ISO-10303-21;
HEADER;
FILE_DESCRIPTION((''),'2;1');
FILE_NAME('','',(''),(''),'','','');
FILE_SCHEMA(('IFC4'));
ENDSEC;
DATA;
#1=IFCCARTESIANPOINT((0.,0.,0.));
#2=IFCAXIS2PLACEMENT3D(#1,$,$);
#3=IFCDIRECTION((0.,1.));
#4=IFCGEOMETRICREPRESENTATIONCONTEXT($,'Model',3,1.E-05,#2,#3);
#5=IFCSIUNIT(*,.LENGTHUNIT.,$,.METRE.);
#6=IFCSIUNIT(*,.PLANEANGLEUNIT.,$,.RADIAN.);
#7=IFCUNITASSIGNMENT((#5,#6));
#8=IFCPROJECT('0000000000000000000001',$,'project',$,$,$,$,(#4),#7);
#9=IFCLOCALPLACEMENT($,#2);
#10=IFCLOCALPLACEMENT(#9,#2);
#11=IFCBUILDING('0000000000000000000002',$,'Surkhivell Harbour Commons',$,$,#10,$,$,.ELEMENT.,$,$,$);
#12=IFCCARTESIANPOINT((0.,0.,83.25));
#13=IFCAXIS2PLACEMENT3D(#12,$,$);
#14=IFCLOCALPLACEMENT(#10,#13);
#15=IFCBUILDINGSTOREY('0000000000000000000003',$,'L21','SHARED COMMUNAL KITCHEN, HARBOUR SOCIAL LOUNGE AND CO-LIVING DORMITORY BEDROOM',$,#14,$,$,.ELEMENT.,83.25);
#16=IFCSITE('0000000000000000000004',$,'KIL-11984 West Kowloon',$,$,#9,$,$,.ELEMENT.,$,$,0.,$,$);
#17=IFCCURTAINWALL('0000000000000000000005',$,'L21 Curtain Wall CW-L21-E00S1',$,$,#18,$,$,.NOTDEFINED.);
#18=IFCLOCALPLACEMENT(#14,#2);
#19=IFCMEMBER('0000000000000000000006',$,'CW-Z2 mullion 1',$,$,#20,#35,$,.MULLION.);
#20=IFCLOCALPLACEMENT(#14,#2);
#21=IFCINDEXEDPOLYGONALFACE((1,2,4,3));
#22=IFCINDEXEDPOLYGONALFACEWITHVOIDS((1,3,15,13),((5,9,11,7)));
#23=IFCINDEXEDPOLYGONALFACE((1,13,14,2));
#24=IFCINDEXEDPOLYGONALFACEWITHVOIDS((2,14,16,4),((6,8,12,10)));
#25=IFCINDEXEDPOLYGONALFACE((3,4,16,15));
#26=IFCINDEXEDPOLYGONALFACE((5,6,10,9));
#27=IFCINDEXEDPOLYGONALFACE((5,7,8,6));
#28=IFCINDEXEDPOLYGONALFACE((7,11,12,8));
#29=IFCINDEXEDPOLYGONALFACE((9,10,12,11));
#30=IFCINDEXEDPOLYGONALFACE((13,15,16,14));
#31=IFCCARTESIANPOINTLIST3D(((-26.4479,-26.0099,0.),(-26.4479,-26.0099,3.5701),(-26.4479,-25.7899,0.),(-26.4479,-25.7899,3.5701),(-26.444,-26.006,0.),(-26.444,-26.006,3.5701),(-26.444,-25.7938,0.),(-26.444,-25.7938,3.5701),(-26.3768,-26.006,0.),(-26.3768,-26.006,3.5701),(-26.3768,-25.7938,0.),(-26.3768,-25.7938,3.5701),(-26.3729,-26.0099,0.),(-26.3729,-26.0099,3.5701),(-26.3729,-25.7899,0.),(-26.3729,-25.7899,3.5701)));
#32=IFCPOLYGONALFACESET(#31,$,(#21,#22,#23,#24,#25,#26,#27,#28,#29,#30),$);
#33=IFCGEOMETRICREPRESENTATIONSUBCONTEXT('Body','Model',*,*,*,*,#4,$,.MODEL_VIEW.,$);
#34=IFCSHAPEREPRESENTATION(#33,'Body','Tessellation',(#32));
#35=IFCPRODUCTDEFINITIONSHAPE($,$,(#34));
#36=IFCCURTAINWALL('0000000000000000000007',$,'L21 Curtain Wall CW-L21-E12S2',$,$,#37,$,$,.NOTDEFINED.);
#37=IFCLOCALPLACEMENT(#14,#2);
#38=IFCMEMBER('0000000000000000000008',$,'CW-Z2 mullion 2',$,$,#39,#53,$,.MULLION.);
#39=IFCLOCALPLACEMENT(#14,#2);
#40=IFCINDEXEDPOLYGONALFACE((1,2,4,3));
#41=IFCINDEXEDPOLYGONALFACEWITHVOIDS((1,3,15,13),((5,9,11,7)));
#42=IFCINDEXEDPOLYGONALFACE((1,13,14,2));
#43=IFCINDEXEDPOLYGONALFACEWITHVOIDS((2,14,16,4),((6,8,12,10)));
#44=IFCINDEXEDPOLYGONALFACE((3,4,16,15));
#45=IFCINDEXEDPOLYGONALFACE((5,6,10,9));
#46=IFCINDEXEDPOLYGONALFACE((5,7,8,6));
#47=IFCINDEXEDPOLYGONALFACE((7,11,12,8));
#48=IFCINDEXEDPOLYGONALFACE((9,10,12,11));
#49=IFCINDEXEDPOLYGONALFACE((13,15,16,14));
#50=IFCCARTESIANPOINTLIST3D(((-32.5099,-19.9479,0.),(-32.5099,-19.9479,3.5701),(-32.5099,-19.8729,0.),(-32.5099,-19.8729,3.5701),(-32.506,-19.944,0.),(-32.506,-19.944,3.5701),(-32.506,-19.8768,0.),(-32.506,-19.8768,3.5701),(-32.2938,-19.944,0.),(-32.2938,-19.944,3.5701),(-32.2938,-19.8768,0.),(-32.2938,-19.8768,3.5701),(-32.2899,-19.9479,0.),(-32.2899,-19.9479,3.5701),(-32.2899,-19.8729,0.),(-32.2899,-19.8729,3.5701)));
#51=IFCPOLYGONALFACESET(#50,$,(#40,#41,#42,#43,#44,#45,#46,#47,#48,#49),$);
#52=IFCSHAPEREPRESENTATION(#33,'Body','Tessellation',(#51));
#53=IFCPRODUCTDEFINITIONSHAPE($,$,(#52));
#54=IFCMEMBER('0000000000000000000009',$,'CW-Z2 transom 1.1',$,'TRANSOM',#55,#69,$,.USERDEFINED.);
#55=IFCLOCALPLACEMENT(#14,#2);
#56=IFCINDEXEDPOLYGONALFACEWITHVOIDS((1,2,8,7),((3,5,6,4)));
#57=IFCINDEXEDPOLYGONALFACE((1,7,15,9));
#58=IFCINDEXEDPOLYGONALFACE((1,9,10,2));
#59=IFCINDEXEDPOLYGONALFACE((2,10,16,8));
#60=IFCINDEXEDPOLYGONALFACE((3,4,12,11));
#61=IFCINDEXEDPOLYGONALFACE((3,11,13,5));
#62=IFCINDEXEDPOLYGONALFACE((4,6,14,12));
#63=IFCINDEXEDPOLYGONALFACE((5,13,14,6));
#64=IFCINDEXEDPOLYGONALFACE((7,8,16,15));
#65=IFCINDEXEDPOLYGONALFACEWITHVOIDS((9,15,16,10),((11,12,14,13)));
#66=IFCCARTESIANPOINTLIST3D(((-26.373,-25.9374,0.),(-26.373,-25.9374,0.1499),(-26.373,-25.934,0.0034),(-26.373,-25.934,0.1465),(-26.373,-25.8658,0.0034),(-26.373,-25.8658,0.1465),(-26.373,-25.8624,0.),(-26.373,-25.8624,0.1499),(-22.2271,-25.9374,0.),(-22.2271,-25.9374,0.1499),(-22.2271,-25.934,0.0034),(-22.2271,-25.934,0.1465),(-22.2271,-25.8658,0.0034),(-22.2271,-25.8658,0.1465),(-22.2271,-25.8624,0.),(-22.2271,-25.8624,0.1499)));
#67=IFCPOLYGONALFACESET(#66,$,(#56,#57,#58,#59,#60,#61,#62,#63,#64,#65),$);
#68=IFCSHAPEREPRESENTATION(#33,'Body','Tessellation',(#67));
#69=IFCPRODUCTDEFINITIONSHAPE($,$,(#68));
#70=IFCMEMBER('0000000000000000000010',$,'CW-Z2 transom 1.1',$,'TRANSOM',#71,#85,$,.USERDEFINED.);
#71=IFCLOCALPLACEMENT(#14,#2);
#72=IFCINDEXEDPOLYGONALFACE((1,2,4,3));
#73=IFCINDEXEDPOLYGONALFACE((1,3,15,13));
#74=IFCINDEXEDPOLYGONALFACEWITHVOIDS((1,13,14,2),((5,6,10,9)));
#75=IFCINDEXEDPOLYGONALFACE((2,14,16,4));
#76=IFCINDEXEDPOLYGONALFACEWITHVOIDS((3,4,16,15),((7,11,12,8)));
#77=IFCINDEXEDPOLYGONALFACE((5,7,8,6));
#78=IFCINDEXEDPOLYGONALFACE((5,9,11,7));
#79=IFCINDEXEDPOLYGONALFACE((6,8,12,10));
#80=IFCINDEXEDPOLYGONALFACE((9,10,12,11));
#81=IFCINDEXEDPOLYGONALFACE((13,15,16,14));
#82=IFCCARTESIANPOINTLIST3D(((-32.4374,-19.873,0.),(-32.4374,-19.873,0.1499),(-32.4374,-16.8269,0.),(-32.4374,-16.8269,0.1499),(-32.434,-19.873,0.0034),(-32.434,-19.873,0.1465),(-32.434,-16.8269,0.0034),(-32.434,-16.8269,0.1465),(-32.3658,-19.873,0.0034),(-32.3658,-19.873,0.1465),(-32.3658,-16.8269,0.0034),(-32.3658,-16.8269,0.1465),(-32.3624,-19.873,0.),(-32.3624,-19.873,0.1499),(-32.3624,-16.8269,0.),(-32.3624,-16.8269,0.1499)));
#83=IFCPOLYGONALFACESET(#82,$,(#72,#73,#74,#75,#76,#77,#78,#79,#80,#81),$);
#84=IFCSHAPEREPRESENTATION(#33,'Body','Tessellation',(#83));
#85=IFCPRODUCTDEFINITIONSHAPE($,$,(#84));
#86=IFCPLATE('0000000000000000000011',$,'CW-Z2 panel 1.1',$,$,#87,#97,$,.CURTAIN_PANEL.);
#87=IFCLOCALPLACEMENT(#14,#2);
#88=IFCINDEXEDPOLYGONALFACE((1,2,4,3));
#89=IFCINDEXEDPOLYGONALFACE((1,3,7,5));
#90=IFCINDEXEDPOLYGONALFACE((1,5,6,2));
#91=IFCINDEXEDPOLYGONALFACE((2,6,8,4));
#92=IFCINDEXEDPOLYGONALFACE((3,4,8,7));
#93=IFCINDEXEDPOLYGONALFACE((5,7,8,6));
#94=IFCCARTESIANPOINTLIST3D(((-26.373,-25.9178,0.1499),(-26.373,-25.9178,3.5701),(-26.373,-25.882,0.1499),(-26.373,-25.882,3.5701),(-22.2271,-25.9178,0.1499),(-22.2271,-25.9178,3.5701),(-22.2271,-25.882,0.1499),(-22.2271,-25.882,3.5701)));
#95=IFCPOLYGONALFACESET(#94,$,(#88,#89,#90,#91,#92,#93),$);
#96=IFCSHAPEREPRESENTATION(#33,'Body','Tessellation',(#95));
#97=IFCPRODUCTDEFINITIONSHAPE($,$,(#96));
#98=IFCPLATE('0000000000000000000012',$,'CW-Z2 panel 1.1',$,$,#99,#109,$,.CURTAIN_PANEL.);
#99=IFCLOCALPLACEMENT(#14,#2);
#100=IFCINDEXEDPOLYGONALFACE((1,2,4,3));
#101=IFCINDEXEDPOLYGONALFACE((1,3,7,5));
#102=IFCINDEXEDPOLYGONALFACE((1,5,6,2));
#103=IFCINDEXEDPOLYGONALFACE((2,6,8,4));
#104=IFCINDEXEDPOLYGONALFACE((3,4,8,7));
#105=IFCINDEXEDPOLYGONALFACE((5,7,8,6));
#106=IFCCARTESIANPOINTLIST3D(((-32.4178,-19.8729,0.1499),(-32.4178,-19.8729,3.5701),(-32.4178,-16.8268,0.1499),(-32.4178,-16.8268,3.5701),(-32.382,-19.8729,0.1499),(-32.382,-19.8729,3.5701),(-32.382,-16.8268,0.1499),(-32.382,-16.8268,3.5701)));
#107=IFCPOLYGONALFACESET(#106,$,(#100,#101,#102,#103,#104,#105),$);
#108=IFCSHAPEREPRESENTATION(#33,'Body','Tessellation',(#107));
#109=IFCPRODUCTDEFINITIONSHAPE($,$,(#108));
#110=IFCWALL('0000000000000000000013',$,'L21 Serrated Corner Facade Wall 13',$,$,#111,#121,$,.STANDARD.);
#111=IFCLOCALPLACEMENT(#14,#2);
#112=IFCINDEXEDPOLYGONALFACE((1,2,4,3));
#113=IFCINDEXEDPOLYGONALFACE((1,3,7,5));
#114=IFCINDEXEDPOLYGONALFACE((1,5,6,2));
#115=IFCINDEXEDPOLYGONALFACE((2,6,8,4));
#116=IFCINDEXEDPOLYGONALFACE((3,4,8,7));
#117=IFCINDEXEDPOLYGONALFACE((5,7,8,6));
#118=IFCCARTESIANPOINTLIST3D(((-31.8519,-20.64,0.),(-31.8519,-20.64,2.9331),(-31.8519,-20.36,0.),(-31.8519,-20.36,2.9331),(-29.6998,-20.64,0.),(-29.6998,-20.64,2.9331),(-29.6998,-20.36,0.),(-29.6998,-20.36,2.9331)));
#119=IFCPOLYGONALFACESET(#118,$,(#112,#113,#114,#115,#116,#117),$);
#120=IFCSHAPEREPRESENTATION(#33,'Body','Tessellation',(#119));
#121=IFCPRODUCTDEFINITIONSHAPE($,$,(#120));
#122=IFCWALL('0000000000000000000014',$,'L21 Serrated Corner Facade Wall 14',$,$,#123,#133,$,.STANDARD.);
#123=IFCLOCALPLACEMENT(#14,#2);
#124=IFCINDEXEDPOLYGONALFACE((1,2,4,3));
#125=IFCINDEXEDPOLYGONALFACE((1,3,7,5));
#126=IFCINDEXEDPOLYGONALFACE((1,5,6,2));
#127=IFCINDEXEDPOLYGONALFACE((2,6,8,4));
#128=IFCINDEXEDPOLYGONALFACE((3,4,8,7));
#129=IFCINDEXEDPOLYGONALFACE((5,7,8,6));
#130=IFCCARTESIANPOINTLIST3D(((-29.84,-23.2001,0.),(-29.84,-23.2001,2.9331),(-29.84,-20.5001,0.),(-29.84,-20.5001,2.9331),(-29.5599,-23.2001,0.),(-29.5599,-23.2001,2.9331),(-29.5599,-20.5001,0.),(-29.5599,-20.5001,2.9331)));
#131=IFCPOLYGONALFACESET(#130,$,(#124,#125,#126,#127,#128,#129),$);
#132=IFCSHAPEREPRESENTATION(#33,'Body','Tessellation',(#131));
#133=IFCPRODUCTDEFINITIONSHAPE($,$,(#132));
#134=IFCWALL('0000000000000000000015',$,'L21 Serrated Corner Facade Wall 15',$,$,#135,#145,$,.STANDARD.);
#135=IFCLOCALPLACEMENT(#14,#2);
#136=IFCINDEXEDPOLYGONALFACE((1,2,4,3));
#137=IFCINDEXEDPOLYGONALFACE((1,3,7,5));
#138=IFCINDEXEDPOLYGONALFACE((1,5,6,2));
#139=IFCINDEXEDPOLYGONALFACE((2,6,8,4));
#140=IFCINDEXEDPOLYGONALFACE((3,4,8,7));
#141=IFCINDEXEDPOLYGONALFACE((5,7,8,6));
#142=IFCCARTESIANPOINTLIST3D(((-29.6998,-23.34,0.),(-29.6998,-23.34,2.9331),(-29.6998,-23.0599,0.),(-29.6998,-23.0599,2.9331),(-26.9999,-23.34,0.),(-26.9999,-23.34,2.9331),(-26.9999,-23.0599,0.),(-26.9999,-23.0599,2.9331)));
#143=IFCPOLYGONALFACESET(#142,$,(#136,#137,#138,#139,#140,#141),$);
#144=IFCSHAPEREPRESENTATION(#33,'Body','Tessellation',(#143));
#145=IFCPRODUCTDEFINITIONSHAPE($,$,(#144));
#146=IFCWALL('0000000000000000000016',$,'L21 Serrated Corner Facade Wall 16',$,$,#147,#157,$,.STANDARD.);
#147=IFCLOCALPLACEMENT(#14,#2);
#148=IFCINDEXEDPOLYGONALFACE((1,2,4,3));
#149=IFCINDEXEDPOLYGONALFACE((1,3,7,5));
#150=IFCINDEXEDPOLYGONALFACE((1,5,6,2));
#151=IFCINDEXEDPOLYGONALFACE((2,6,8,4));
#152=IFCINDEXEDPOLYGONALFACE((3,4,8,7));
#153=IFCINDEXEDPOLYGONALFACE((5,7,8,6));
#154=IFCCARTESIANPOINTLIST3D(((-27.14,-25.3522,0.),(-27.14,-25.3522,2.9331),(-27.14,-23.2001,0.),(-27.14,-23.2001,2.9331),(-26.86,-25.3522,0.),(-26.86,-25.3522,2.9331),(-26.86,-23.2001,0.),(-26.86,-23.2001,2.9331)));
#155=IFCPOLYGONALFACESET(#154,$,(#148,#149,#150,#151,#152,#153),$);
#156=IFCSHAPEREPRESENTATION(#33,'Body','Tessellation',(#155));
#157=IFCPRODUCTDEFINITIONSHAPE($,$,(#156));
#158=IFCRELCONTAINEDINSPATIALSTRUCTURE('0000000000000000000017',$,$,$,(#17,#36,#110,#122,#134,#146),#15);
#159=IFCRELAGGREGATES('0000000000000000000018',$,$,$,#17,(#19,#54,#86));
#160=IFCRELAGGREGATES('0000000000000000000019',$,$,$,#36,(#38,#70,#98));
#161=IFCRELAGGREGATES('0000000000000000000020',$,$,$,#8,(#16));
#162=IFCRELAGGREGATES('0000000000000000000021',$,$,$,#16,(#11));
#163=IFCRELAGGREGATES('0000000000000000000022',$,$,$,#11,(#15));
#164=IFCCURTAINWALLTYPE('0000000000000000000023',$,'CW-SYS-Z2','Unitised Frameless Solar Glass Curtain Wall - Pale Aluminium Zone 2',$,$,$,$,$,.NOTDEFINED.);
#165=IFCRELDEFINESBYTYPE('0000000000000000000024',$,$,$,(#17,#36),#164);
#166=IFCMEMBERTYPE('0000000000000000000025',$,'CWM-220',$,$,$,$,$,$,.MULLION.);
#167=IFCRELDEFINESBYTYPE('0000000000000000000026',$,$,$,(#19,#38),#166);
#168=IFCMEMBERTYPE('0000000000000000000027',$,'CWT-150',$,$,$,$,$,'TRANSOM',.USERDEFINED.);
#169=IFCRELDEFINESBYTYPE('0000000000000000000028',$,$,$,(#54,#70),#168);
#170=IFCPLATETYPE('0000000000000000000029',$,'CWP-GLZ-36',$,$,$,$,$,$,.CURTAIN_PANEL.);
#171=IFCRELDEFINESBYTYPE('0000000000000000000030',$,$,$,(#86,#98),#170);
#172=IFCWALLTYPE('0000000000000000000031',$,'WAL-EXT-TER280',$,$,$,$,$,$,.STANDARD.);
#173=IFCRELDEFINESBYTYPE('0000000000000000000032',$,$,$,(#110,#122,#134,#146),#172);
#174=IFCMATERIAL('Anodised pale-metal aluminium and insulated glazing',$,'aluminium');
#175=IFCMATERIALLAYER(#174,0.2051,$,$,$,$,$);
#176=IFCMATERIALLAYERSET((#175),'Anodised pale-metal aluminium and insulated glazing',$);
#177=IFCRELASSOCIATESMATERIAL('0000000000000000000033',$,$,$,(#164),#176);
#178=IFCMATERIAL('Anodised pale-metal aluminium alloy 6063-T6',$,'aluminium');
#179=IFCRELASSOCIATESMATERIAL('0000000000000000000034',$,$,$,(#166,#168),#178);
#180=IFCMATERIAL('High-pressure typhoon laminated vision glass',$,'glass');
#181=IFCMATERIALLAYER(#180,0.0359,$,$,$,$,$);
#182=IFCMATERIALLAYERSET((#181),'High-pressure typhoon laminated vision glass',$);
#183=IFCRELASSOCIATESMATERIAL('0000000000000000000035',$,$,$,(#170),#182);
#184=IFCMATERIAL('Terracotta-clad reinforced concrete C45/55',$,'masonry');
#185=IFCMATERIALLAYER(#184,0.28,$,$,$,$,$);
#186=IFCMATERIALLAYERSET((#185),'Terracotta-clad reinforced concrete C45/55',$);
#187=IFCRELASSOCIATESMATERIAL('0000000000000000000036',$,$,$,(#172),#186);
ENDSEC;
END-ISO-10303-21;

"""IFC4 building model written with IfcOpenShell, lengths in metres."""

from ifc_helpers import new_model, si_unit, direction, frame, frame_2d, origin, origin_2d, place, context, subcontext, project, spatial, rectangle, hollow_rectangle, extrude, material, layer, layer_set, material_profile, profile_set, type_object, element, aggregate, save


model = new_model("IFC4")

# Units and contexts
model_context = context("Model", 3, precision=1e-05, world=origin(), true_north=direction((0.0, 1.0)))
body_context = subcontext(model_context, "Body", "Model", "MODEL_VIEW")
ifc_project = project(units=[si_unit("LENGTHUNIT", "METRE"), si_unit("PLANEANGLEUNIT", "RADIAN")], contexts=[model_context])

# Site, building, storey
site_placement = place(None, origin())
site = spatial("IfcSite", under=ifc_project, at=site_placement, Name="KIL-11984 West Kowloon", CompositionType="ELEMENT", RefElevation=0.0)
building_placement = place(site_placement, origin())
building = spatial("IfcBuilding", under=site, at=building_placement, Name="Surkhivell Harbour Commons", CompositionType="ELEMENT")
storey_placement = place(building_placement, frame((0.0, 0.0, 83.25)))
storey = spatial("IfcBuildingStorey", under=building, at=storey_placement, Name="L21", Description="SHARED COMMUNAL KITCHEN, HARBOUR SOCIAL LOUNGE AND CO-LIVING DORMITORY BEDROOM", CompositionType="ELEMENT", Elevation=83.25)

# Curtain walls, members
ifc_material_1 = material(Name="Anodised pale-metal aluminium and insulated glazing", Category="aluminium")
ifc_layer_1 = layer(ifc_material_1, 0.2051)
ifc_layer_set_1 = layer_set([ifc_layer_1], Name="Anodised pale-metal aluminium and insulated glazing")
curtain_wall_type = type_object("IfcCurtainWallType", Name="CW-SYS-Z2", Description="Unitised Frameless Solar Glass Curtain Wall - Pale Aluminium Zone 2", PredefinedType="NOTDEFINED", material=ifc_layer_set_1)
curtain_wall_1_placement = place(storey_placement, origin())
curtain_wall_1 = element("IfcCurtainWall", 1, at=curtain_wall_1_placement, inside=storey, type_object=curtain_wall_type, Name="L21 Curtain Wall CW-L21-E00S1", PredefinedType="NOTDEFINED")
ifc_material_2 = material(Name="Anodised pale-metal aluminium alloy 6063-T6", Category="aluminium")
ifc_material_profile_1 = material_profile(ifc_material_2, hollow_rectangle(XDim=0.075, YDim=0.22, WallThickness=0.0039, at=origin_2d()), Name="ALU-MULL-75x220")
ifc_profile_set_1 = profile_set([ifc_material_profile_1], Name="Anodised pale-metal aluminium alloy 6063-T6")
member_type_1 = type_object("IfcMemberType", Name="CWM-220", PredefinedType="MULLION", material=ifc_profile_set_1)
member_1_placement = place(storey_placement, frame((-26.4104, -25.8999, 0.0), z_axis=(0.0, 0.0, 1.0), x_axis=(1.0, 0.0, 0.0)))
member_1 = element("IfcMember", 2, at=member_1_placement, type_object=member_type_1, Name="CW-Z2 mullion 1", PredefinedType="MULLION", context=body_context, shape_type="SweptSolid", body=[
    extrude(hollow_rectangle(XDim=0.075, YDim=0.22, WallThickness=0.0039, at=origin_2d()), origin(), (0.0, 0.0, 1.0), 3.5701),
])
curtain_wall_2_placement = place(storey_placement, origin())
curtain_wall_2 = element("IfcCurtainWall", 3, at=curtain_wall_2_placement, inside=storey, type_object=curtain_wall_type, Name="L21 Curtain Wall CW-L21-E12S2", PredefinedType="NOTDEFINED")
member_2_placement = place(storey_placement, frame((-32.3999, -19.9104, 0.0), z_axis=(0.0, 0.0, 1.0), x_axis=(0.0, -1.0, 0.0)))
member_2 = element("IfcMember", 4, at=member_2_placement, type_object=member_type_1, Name="CW-Z2 mullion 2", PredefinedType="MULLION", context=body_context, shape_type="SweptSolid", body=[
    extrude(hollow_rectangle(XDim=0.075, YDim=0.22, WallThickness=0.0039, at=origin_2d()), origin(), (0.0, 0.0, 1.0), 3.5701),
])

# Members
ifc_material_profile_2 = material_profile(ifc_material_2, hollow_rectangle(XDim=0.075, YDim=0.1499, WallThickness=0.0034, at=origin_2d()), Name="ALU-TRAN-75x150")
ifc_profile_set_2 = profile_set([ifc_material_profile_2], Name="Anodised pale-metal aluminium alloy 6063-T6")
member_type_2 = type_object("IfcMemberType", Name="CWT-150", ElementType="TRANSOM", PredefinedType="USERDEFINED", material=ifc_profile_set_2)
member_3_placement = place(storey_placement, frame((-26.373, -25.8999, 0.075), z_axis=(1.0, 0.0, 0.0), x_axis=(0.0, 1.0, 0.0)))
member_3 = element("IfcMember", 5, at=member_3_placement, type_object=member_type_2, Name="CW-Z2 transom 1.1", ObjectType="TRANSOM", PredefinedType="USERDEFINED", context=body_context, shape_type="SweptSolid", body=[
    extrude(hollow_rectangle(XDim=0.075, YDim=0.1499, WallThickness=0.0034, at=origin_2d()), origin(), (0.0, 0.0, 1.0), 4.146),
])
member_4_placement = place(storey_placement, frame((-32.3999, -16.8269, 0.075), z_axis=(0.0, -1.0, 0.0), x_axis=(1.0, 0.0, 0.0)))
member_4 = element("IfcMember", 6, at=member_4_placement, type_object=member_type_2, Name="CW-Z2 transom 1.1", ObjectType="TRANSOM", PredefinedType="USERDEFINED", context=body_context, shape_type="SweptSolid", body=[
    extrude(hollow_rectangle(XDim=0.075, YDim=0.1499, WallThickness=0.0034, at=origin_2d()), origin(), (0.0, 0.0, 1.0), 3.0461),
])

# Plates
ifc_material_3 = material(Name="High-pressure typhoon laminated vision glass", Category="glass")
ifc_layer_2 = layer(ifc_material_3, 0.0359)
ifc_layer_set_2 = layer_set([ifc_layer_2], Name="High-pressure typhoon laminated vision glass")
plate_type = type_object("IfcPlateType", Name="CWP-GLZ-36", PredefinedType="CURTAIN_PANEL", material=ifc_layer_set_2)
plate_1_placement = place(storey_placement, frame((-26.373, -25.8999, 0.1499), z_axis=(0.0, 0.0, 1.0), x_axis=(1.0, 0.0, 0.0)))
plate_1 = element("IfcPlate", 7, at=plate_1_placement, type_object=plate_type, Name="CW-Z2 panel 1.1", PredefinedType="CURTAIN_PANEL", context=body_context, shape_type="SweptSolid", body=[
    extrude(rectangle(XDim=4.146, YDim=0.0359, at=frame_2d((2.073, 0.0))), origin(), (0.0, 0.0, 1.0), 3.4202),
])
aggregate(curtain_wall_1, [member_1, member_3, plate_1])
plate_2_placement = place(storey_placement, frame((-32.3999, -16.8269, 0.1499), z_axis=(0.0, 0.0, 1.0), x_axis=(0.0, -1.0, 0.0)))
plate_2 = element("IfcPlate", 8, at=plate_2_placement, type_object=plate_type, Name="CW-Z2 panel 1.1", PredefinedType="CURTAIN_PANEL", context=body_context, shape_type="SweptSolid", body=[
    extrude(rectangle(XDim=3.0461, YDim=0.0359, at=frame_2d((1.5229, 0.0))), origin(), (0.0, 0.0, 1.0), 3.4202),
])
aggregate(curtain_wall_2, [member_2, member_4, plate_2])

# Walls
ifc_material_4 = material(Name="Terracotta-clad reinforced concrete C45/55", Category="masonry")
ifc_layer_3 = layer(ifc_material_4, 0.28)
ifc_layer_set_3 = layer_set([ifc_layer_3], Name="Terracotta-clad reinforced concrete C45/55")
wall_type = type_object("IfcWallType", Name="WAL-EXT-TER280", PredefinedType="STANDARD", material=ifc_layer_set_3)
wall_1_placement = place(storey_placement, frame((-31.8521, -20.5, 0.0), z_axis=(0.0, 0.0, 1.0), x_axis=(1.0, 0.0, 0.0)))
element("IfcWall", 9, at=wall_1_placement, inside=storey, type_object=wall_type, Name="L21 Serrated Corner Facade Wall 13", PredefinedType="STANDARD", context=body_context, shape_type="SweptSolid", body=[
    extrude(rectangle(XDim=2.1521, YDim=0.28, at=frame_2d((1.0762, 0.0))), origin(), (0.0, 0.0, 1.0), 2.9331),
])
for number, where, z_axis, x_axis, name in (
    (10, (-29.7, -20.5, 0.0), (0.0, 0.0, 1.0), (0.0, -1.0, 0.0), "L21 Serrated Corner Facade Wall 14"),
    (11, (-29.7, -23.2, 0.0), (0.0, 0.0, 1.0), (1.0, 0.0, 0.0), "L21 Serrated Corner Facade Wall 15"),
):
    element("IfcWall", number, at=place(storey_placement, frame(where, z_axis=z_axis, x_axis=x_axis)), inside=storey, type_object=wall_type, Name=name, PredefinedType="STANDARD", context=body_context, shape_type="SweptSolid", body=[
        extrude(rectangle(XDim=2.7, YDim=0.28, at=frame_2d((1.3501, 0.0))), origin(), (0.0, 0.0, 1.0), 2.9331),
    ])
wall_2_placement = place(storey_placement, frame((-27.0, -23.2, 0.0), z_axis=(0.0, 0.0, 1.0), x_axis=(0.0, -1.0, 0.0)))
element("IfcWall", 12, at=wall_2_placement, inside=storey, type_object=wall_type, Name="L21 Serrated Corner Facade Wall 16", PredefinedType="STANDARD", context=body_context, shape_type="SweptSolid", body=[
    extrude(rectangle(XDim=2.1521, YDim=0.28, at=frame_2d((1.0762, 0.0))), origin(), (0.0, 0.0, 1.0), 2.9331),
])

save(model, "model.ifc")
